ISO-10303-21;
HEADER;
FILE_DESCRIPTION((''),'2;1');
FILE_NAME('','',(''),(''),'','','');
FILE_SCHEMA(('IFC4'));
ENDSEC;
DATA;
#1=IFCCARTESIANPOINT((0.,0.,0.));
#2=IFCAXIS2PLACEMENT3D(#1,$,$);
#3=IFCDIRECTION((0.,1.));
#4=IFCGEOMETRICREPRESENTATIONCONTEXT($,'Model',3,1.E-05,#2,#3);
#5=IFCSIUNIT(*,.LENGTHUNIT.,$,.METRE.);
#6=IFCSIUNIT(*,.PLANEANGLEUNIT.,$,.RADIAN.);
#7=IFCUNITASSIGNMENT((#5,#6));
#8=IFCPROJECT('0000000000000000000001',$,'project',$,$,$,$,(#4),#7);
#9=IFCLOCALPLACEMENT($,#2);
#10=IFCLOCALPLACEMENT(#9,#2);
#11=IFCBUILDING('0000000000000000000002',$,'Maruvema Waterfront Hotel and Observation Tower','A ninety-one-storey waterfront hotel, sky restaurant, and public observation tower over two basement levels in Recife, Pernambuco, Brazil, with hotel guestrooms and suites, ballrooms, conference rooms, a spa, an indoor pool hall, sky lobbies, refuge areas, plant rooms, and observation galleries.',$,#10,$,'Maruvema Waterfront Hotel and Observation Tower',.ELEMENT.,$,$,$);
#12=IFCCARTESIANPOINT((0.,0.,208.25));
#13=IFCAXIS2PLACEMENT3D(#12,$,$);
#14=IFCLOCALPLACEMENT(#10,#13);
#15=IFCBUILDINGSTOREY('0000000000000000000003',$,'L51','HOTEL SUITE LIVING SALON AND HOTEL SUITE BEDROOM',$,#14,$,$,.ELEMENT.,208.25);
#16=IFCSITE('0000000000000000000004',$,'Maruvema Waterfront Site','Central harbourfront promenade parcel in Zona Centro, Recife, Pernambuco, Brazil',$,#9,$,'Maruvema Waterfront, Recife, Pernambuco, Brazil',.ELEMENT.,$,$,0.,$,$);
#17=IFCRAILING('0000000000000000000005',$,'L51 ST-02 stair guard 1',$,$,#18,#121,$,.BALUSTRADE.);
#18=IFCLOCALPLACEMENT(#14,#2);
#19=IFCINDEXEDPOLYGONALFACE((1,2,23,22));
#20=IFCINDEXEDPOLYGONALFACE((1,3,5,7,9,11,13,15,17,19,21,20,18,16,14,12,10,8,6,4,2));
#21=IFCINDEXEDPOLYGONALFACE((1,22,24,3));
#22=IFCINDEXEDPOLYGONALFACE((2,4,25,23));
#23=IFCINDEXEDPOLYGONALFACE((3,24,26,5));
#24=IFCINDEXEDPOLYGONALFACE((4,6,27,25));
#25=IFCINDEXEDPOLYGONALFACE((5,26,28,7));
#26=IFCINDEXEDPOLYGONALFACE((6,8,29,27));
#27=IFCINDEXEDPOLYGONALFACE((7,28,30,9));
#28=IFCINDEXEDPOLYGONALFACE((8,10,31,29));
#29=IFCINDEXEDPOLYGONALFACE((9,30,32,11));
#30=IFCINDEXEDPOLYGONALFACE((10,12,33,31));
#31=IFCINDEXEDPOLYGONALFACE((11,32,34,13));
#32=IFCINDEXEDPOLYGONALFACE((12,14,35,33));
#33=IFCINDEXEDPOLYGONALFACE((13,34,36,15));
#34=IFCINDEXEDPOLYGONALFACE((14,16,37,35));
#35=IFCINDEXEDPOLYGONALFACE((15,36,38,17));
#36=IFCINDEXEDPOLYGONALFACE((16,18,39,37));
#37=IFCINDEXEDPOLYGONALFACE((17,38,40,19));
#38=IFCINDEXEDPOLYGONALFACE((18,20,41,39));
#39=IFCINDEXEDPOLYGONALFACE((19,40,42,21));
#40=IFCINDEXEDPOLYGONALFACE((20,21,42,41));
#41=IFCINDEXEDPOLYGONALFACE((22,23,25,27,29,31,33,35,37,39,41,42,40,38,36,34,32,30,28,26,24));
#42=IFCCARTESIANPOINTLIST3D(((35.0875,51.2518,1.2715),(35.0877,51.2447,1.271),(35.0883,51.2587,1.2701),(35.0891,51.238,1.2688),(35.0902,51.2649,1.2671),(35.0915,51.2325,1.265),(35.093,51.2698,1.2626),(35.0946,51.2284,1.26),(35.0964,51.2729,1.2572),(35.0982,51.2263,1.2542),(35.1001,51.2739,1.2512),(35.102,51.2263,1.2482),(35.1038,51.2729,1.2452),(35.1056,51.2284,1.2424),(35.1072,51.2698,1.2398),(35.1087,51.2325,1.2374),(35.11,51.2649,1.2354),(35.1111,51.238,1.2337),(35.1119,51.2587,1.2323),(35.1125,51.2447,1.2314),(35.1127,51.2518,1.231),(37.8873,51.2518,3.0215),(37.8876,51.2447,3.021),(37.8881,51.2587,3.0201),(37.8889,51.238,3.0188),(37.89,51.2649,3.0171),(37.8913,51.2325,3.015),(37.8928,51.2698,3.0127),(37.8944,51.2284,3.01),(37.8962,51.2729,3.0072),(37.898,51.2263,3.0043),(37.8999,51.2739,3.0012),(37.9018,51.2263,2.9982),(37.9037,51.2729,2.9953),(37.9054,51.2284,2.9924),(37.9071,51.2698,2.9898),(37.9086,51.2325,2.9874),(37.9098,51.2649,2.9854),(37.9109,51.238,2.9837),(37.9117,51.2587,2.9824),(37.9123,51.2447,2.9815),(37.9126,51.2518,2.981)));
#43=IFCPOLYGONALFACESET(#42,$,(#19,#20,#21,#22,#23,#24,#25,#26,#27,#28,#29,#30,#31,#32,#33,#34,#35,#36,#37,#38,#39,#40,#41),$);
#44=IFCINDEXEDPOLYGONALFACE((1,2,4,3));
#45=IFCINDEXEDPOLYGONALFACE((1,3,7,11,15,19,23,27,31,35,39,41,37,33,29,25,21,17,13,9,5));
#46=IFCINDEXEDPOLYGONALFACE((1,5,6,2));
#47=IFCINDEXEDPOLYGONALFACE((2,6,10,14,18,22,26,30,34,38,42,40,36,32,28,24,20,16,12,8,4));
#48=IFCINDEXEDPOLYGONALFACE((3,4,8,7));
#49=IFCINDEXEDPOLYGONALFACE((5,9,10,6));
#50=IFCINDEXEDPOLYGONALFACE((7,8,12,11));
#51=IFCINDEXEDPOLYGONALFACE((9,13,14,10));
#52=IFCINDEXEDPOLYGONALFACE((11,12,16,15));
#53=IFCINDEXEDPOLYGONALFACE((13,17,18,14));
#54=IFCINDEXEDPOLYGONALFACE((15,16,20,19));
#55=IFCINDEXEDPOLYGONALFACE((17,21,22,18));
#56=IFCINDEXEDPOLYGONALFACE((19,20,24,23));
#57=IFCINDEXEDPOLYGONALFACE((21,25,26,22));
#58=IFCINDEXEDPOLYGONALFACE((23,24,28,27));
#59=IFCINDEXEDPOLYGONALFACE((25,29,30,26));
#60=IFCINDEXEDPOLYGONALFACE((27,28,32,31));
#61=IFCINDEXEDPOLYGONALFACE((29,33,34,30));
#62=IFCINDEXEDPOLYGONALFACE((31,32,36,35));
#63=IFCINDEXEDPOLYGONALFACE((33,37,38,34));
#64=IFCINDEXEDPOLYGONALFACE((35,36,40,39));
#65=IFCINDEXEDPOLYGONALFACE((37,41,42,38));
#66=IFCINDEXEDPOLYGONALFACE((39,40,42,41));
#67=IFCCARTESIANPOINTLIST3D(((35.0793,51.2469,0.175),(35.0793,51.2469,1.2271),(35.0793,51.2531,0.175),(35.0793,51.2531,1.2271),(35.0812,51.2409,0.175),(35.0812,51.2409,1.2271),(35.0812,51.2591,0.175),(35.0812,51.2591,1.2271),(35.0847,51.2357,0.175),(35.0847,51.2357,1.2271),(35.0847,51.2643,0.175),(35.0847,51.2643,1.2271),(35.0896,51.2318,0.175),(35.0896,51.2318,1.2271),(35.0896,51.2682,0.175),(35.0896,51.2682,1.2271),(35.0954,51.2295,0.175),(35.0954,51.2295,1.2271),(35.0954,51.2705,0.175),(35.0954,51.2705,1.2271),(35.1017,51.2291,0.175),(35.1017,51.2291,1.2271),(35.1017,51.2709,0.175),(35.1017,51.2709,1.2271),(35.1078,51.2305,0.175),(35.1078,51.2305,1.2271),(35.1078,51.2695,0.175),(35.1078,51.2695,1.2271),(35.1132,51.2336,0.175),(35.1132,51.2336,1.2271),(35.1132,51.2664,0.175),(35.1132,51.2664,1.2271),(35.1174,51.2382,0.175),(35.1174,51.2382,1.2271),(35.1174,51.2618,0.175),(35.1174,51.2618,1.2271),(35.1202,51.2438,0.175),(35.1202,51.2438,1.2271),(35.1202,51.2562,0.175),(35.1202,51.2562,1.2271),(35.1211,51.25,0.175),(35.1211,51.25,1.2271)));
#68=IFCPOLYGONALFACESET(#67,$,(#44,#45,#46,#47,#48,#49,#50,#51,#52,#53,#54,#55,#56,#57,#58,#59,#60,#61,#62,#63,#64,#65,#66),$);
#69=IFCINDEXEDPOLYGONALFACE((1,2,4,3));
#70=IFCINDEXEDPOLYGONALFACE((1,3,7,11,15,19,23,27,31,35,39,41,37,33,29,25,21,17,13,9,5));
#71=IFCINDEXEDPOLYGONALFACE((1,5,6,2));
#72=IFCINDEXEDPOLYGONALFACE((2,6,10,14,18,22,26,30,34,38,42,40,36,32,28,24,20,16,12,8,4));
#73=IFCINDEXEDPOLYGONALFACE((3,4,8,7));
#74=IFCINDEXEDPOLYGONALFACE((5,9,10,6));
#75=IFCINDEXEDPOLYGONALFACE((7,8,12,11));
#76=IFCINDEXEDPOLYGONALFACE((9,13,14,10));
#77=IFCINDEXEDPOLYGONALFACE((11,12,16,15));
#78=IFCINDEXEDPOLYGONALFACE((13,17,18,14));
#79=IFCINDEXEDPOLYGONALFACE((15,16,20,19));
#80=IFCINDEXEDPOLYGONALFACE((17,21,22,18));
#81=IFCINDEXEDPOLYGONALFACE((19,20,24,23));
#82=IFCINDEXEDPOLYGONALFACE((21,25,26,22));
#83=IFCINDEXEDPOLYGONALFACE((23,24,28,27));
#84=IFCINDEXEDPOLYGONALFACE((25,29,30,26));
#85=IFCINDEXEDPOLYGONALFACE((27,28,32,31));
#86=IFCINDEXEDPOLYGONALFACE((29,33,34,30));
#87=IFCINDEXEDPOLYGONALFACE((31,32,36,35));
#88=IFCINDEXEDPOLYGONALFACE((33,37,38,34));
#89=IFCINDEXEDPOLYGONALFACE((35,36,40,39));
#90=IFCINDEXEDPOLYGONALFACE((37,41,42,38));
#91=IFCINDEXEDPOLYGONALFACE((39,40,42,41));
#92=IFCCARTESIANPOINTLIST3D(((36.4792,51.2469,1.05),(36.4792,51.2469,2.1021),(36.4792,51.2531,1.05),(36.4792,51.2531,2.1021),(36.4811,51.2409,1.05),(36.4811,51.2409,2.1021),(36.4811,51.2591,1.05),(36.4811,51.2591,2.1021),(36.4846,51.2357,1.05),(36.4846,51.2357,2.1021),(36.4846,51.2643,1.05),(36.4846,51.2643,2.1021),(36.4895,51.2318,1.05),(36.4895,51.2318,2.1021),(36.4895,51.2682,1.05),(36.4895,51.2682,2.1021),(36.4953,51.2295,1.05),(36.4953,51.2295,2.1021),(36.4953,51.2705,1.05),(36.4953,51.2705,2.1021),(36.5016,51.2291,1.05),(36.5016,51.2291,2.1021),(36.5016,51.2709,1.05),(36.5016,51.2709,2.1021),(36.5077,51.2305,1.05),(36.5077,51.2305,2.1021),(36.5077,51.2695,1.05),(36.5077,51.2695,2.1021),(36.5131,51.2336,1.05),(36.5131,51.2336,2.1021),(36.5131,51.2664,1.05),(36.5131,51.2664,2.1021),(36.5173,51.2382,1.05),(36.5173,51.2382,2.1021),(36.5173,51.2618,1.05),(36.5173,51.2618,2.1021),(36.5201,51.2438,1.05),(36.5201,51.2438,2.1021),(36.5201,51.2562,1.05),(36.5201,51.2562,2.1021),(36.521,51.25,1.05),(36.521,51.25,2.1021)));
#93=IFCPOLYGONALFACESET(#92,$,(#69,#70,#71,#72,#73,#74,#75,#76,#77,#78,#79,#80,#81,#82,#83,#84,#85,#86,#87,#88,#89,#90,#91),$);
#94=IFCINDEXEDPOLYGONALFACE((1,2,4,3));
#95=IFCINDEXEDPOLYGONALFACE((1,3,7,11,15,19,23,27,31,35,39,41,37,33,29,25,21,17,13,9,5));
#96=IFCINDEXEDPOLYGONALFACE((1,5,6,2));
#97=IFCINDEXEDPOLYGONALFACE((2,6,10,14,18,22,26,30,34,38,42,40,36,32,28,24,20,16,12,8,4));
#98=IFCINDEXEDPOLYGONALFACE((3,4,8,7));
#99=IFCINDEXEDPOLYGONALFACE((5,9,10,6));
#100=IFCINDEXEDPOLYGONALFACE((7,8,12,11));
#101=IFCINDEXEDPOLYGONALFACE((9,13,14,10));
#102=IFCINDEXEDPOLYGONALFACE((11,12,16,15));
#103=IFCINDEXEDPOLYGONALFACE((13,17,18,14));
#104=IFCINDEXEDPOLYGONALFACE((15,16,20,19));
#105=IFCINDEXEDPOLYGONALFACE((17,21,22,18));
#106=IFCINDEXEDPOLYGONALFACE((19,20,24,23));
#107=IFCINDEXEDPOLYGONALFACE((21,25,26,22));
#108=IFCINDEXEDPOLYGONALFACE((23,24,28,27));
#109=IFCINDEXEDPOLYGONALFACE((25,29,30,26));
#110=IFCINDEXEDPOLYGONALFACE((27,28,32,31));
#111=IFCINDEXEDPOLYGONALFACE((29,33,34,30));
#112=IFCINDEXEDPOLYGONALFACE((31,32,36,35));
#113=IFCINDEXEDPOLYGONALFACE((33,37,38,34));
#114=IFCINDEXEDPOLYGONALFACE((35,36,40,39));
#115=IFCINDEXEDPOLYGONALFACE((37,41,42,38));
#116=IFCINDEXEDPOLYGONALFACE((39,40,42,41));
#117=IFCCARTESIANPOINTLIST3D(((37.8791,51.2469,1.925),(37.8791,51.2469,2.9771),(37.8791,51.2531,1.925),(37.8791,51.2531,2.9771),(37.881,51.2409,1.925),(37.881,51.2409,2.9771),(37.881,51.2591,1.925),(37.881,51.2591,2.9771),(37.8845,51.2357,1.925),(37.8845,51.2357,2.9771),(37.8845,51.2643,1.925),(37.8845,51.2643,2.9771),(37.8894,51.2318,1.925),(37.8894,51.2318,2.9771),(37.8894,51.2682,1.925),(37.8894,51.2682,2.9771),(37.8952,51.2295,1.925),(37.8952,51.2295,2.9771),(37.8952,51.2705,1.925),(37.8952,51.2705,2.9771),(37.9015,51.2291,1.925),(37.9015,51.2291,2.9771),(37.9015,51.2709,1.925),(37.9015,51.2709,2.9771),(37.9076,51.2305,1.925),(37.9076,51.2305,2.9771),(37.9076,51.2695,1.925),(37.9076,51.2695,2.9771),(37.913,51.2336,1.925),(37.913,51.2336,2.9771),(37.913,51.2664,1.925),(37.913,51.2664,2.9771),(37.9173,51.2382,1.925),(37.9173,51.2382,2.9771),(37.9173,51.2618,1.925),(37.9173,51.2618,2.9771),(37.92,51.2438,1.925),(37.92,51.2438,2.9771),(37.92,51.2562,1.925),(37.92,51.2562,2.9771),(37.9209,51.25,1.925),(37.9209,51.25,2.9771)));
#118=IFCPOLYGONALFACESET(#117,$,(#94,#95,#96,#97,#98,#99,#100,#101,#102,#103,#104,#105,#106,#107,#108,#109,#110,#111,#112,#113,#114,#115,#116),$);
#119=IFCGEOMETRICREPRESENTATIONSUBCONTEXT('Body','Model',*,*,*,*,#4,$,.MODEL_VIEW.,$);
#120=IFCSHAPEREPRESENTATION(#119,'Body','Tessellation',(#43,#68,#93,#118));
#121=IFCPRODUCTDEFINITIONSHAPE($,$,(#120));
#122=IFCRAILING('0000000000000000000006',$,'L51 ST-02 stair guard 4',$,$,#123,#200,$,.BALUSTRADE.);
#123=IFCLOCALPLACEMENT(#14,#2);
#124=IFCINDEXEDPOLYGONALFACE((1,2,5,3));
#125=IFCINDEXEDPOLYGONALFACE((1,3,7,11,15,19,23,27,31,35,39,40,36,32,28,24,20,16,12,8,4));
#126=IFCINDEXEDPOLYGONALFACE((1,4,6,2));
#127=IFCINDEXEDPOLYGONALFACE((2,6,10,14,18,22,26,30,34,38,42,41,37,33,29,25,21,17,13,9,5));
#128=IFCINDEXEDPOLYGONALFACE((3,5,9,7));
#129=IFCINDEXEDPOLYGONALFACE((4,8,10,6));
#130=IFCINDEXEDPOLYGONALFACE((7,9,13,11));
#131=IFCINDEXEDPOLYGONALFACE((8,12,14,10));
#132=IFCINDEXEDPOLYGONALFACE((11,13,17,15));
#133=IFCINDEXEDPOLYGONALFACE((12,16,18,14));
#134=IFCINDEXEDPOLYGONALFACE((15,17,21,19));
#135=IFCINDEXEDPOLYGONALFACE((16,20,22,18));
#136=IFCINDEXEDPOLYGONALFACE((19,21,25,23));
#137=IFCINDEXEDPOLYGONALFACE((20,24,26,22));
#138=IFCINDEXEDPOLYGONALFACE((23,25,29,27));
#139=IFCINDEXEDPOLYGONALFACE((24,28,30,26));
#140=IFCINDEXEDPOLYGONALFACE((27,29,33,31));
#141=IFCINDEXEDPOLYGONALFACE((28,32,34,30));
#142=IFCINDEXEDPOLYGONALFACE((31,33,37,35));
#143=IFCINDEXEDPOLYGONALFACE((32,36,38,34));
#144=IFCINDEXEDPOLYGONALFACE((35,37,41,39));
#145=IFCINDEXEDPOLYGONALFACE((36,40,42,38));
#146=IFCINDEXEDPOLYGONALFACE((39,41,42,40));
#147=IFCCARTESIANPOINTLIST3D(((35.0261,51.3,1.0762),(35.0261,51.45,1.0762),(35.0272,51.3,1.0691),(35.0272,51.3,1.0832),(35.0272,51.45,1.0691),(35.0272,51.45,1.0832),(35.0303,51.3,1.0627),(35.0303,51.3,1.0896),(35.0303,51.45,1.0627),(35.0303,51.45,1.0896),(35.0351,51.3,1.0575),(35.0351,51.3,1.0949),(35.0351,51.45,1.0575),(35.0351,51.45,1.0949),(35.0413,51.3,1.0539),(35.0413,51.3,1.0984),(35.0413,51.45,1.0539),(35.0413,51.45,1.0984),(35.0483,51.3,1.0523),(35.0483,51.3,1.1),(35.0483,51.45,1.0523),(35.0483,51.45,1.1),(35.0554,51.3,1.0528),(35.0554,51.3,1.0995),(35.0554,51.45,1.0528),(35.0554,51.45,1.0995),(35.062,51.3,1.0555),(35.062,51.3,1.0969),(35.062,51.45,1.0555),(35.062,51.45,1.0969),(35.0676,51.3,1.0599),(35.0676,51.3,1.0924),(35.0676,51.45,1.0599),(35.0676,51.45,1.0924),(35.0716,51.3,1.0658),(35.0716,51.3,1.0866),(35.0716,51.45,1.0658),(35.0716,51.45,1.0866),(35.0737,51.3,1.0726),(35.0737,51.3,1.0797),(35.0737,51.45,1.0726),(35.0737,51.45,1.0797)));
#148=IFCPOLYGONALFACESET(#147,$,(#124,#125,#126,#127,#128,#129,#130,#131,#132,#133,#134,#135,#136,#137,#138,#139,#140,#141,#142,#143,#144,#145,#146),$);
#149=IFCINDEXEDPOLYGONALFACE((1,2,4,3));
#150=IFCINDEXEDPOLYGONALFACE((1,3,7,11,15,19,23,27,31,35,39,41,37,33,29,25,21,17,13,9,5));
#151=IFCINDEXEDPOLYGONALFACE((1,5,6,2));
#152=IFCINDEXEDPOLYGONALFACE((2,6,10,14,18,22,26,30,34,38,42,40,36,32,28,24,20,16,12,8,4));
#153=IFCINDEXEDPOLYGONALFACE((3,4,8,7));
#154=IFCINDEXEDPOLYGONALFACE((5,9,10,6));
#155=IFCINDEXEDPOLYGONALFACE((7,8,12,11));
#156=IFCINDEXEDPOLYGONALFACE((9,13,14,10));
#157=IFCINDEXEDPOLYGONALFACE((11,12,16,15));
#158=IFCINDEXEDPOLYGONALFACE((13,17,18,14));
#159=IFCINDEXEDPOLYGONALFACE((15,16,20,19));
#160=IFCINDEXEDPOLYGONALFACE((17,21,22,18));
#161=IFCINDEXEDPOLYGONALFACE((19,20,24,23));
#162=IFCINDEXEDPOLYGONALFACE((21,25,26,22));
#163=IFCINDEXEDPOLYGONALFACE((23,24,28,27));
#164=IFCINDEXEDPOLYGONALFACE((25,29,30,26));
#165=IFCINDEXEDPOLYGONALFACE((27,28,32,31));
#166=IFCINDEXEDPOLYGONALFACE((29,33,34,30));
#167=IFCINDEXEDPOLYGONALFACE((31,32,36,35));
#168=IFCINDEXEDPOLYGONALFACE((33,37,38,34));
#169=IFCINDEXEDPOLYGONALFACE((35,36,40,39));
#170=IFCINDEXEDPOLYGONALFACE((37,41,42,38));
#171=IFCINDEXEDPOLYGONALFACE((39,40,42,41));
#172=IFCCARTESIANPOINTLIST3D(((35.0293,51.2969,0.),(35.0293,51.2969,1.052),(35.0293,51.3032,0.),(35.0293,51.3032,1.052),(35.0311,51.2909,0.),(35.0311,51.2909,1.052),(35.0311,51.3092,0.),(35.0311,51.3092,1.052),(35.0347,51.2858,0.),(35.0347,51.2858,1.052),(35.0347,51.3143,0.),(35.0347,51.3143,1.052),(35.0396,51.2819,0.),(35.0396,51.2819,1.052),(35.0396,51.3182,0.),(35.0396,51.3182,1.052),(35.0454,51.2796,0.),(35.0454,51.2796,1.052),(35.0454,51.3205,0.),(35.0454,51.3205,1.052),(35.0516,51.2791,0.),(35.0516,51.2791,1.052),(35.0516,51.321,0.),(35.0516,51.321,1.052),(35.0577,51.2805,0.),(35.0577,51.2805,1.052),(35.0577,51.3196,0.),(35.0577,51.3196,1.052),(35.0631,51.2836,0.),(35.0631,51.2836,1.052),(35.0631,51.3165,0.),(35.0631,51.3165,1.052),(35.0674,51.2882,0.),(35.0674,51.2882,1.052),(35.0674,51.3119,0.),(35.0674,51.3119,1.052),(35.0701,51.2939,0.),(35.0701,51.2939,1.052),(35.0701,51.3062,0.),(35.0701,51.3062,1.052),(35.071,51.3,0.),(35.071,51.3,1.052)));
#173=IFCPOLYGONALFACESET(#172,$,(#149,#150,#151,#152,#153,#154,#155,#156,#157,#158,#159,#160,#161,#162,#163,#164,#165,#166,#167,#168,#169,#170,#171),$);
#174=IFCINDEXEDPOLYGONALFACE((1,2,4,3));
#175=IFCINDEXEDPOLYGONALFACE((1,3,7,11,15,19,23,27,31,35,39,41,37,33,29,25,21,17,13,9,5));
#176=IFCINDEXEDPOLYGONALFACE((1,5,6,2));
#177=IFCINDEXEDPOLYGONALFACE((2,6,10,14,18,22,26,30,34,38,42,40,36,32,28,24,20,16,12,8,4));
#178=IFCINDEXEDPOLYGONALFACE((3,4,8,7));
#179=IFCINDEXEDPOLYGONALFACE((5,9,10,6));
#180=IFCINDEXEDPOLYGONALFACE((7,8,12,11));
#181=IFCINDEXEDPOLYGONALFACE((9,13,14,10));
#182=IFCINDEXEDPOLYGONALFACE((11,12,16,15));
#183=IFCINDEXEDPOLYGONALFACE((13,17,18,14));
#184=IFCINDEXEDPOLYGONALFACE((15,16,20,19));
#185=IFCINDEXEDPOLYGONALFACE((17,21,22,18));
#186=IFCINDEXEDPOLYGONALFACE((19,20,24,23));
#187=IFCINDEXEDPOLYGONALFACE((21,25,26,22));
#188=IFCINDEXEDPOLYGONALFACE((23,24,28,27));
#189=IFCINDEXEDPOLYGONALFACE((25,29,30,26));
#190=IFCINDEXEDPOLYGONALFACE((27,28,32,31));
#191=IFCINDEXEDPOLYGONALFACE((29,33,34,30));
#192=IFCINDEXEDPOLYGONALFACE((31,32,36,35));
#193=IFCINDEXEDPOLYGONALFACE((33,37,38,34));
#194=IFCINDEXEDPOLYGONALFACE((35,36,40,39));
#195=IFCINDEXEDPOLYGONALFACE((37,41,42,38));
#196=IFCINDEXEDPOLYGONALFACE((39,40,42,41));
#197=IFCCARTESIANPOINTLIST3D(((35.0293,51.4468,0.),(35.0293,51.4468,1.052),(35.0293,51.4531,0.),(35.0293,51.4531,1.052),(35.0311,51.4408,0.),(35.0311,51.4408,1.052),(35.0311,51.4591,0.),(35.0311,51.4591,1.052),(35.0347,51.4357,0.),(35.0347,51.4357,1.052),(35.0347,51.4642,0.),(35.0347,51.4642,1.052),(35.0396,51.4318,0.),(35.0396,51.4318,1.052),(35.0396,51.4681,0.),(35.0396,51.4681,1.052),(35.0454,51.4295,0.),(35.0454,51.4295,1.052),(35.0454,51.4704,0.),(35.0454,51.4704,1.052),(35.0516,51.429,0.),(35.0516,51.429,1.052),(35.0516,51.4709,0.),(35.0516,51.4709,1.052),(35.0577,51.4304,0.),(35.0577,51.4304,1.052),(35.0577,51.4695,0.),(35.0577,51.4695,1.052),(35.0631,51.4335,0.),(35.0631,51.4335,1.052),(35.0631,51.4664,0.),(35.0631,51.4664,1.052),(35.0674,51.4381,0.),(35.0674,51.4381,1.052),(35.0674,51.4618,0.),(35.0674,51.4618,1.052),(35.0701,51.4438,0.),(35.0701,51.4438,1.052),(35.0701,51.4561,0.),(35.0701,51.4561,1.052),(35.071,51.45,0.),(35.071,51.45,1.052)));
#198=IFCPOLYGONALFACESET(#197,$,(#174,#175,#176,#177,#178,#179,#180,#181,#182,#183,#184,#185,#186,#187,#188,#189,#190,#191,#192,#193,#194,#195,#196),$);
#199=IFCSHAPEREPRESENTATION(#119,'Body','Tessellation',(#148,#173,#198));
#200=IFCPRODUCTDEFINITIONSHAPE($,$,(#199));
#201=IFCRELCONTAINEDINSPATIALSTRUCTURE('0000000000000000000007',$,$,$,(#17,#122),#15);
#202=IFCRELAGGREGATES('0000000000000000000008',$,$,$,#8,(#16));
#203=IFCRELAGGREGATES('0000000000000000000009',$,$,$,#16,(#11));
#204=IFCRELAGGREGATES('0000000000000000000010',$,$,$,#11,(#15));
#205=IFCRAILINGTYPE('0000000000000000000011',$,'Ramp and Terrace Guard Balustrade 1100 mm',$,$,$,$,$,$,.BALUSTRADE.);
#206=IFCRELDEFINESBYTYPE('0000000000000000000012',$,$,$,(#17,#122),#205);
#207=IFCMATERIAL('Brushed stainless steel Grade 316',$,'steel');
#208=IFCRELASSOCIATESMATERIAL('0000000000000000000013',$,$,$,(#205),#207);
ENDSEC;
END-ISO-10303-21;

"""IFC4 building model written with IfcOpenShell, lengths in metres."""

from ifc_helpers import new_model, si_unit, direction, frame, origin, origin_2d, place, context, subcontext, project, spatial, circle, extrude, material, type_object, element, save


model = new_model("IFC4")

# Units and contexts
model_context = context("Model", 3, precision=1e-05, world=origin(), true_north=direction((0.0, 1.0)))
body_context = subcontext(model_context, "Body", "Model", "MODEL_VIEW")
ifc_project = project(units=[si_unit("LENGTHUNIT", "METRE"), si_unit("PLANEANGLEUNIT", "RADIAN")], contexts=[model_context])

# Site, building, storey
site_placement = place(None, origin())
site = spatial("IfcSite", under=ifc_project, at=site_placement, Name="Maruvema Waterfront Site", Description="Central harbourfront promenade parcel in Zona Centro, Recife, Pernambuco, Brazil", LongName="Maruvema Waterfront, Recife, Pernambuco, Brazil", CompositionType="ELEMENT", RefElevation=0.0)
building_placement = place(site_placement, origin())
building = spatial("IfcBuilding", under=site, at=building_placement, Name="Maruvema Waterfront Hotel and Observation Tower", Description="A ninety-one-storey waterfront hotel, sky restaurant, and public observation tower over two basement levels in Recife, Pernambuco, Brazil, with hotel guestrooms and suites, ballrooms, conference rooms, a spa, an indoor pool hall, sky lobbies, refuge areas, plant rooms, and observation galleries.", LongName="Maruvema Waterfront Hotel and Observation Tower", CompositionType="ELEMENT")
storey_placement = place(building_placement, frame((0.0, 0.0, 208.25)))
storey = spatial("IfcBuildingStorey", under=building, at=storey_placement, Name="L51", Description="HOTEL SUITE LIVING SALON AND HOTEL SUITE BEDROOM", CompositionType="ELEMENT", Elevation=208.25)

# Railings
ifc_material_1 = material(Name="Brushed stainless steel Grade 316", Category="steel")
railing_type_1 = type_object("IfcRailingType", Name="Ramp and Terrace Guard Balustrade 1100 mm", PredefinedType="BALUSTRADE", material=ifc_material_1)
railing_1_placement = place(storey_placement, frame((35.1001, 51.25, 0.175)))
element("IfcRailing", 1, at=railing_1_placement, inside=storey, type_object=railing_type_1, Name="L51 ST-02 stair guard 1", PredefinedType="BALUSTRADE", context=body_context, shape_type="SweptSolid", body=[
    extrude(circle(Radius=0.0239, at=origin_2d()), frame((0.0, 0.0, 1.0762), z_axis=(0.847982, 0.0, 0.530026), x_axis=(0.0, 1.0, 0.0)), (0.0, 0.0, 1.0), 3.3018),
    extrude(circle(Radius=0.021, at=origin_2d()), origin(), (0.0, 0.0, 1.0), 1.052),
    extrude(circle(Radius=0.021, at=origin_2d()), frame((1.3999, 0.0, 0.875)), (0.0, 0.0, 1.0), 1.052),
    extrude(circle(Radius=0.021, at=origin_2d()), frame((2.7998, 0.0, 1.75)), (0.0, 0.0, 1.0), 1.052),
])
railing_2_placement = place(storey_placement, frame((35.05, 51.3, 0.0)))
element("IfcRailing", 2, at=railing_2_placement, inside=storey, type_object=railing_type_1, Name="L51 ST-02 stair guard 4", PredefinedType="BALUSTRADE", context=body_context, shape_type="SweptSolid", body=[
    extrude(circle(Radius=0.0239, at=origin_2d()), frame((0.0, 0.0, 1.0762), z_axis=(0.0, 1.0, 0.0), x_axis=(-1.0, 0.0, 0.0)), (0.0, 0.0, 1.0), 0.1499),
    extrude(circle(Radius=0.021, at=origin_2d()), origin(), (0.0, 0.0, 1.0), 1.052),
    extrude(circle(Radius=0.021, at=origin_2d()), frame((0.0, 0.1499, 0.0)), (0.0, 0.0, 1.0), 1.052),
])

save(model, "model.ifc")
